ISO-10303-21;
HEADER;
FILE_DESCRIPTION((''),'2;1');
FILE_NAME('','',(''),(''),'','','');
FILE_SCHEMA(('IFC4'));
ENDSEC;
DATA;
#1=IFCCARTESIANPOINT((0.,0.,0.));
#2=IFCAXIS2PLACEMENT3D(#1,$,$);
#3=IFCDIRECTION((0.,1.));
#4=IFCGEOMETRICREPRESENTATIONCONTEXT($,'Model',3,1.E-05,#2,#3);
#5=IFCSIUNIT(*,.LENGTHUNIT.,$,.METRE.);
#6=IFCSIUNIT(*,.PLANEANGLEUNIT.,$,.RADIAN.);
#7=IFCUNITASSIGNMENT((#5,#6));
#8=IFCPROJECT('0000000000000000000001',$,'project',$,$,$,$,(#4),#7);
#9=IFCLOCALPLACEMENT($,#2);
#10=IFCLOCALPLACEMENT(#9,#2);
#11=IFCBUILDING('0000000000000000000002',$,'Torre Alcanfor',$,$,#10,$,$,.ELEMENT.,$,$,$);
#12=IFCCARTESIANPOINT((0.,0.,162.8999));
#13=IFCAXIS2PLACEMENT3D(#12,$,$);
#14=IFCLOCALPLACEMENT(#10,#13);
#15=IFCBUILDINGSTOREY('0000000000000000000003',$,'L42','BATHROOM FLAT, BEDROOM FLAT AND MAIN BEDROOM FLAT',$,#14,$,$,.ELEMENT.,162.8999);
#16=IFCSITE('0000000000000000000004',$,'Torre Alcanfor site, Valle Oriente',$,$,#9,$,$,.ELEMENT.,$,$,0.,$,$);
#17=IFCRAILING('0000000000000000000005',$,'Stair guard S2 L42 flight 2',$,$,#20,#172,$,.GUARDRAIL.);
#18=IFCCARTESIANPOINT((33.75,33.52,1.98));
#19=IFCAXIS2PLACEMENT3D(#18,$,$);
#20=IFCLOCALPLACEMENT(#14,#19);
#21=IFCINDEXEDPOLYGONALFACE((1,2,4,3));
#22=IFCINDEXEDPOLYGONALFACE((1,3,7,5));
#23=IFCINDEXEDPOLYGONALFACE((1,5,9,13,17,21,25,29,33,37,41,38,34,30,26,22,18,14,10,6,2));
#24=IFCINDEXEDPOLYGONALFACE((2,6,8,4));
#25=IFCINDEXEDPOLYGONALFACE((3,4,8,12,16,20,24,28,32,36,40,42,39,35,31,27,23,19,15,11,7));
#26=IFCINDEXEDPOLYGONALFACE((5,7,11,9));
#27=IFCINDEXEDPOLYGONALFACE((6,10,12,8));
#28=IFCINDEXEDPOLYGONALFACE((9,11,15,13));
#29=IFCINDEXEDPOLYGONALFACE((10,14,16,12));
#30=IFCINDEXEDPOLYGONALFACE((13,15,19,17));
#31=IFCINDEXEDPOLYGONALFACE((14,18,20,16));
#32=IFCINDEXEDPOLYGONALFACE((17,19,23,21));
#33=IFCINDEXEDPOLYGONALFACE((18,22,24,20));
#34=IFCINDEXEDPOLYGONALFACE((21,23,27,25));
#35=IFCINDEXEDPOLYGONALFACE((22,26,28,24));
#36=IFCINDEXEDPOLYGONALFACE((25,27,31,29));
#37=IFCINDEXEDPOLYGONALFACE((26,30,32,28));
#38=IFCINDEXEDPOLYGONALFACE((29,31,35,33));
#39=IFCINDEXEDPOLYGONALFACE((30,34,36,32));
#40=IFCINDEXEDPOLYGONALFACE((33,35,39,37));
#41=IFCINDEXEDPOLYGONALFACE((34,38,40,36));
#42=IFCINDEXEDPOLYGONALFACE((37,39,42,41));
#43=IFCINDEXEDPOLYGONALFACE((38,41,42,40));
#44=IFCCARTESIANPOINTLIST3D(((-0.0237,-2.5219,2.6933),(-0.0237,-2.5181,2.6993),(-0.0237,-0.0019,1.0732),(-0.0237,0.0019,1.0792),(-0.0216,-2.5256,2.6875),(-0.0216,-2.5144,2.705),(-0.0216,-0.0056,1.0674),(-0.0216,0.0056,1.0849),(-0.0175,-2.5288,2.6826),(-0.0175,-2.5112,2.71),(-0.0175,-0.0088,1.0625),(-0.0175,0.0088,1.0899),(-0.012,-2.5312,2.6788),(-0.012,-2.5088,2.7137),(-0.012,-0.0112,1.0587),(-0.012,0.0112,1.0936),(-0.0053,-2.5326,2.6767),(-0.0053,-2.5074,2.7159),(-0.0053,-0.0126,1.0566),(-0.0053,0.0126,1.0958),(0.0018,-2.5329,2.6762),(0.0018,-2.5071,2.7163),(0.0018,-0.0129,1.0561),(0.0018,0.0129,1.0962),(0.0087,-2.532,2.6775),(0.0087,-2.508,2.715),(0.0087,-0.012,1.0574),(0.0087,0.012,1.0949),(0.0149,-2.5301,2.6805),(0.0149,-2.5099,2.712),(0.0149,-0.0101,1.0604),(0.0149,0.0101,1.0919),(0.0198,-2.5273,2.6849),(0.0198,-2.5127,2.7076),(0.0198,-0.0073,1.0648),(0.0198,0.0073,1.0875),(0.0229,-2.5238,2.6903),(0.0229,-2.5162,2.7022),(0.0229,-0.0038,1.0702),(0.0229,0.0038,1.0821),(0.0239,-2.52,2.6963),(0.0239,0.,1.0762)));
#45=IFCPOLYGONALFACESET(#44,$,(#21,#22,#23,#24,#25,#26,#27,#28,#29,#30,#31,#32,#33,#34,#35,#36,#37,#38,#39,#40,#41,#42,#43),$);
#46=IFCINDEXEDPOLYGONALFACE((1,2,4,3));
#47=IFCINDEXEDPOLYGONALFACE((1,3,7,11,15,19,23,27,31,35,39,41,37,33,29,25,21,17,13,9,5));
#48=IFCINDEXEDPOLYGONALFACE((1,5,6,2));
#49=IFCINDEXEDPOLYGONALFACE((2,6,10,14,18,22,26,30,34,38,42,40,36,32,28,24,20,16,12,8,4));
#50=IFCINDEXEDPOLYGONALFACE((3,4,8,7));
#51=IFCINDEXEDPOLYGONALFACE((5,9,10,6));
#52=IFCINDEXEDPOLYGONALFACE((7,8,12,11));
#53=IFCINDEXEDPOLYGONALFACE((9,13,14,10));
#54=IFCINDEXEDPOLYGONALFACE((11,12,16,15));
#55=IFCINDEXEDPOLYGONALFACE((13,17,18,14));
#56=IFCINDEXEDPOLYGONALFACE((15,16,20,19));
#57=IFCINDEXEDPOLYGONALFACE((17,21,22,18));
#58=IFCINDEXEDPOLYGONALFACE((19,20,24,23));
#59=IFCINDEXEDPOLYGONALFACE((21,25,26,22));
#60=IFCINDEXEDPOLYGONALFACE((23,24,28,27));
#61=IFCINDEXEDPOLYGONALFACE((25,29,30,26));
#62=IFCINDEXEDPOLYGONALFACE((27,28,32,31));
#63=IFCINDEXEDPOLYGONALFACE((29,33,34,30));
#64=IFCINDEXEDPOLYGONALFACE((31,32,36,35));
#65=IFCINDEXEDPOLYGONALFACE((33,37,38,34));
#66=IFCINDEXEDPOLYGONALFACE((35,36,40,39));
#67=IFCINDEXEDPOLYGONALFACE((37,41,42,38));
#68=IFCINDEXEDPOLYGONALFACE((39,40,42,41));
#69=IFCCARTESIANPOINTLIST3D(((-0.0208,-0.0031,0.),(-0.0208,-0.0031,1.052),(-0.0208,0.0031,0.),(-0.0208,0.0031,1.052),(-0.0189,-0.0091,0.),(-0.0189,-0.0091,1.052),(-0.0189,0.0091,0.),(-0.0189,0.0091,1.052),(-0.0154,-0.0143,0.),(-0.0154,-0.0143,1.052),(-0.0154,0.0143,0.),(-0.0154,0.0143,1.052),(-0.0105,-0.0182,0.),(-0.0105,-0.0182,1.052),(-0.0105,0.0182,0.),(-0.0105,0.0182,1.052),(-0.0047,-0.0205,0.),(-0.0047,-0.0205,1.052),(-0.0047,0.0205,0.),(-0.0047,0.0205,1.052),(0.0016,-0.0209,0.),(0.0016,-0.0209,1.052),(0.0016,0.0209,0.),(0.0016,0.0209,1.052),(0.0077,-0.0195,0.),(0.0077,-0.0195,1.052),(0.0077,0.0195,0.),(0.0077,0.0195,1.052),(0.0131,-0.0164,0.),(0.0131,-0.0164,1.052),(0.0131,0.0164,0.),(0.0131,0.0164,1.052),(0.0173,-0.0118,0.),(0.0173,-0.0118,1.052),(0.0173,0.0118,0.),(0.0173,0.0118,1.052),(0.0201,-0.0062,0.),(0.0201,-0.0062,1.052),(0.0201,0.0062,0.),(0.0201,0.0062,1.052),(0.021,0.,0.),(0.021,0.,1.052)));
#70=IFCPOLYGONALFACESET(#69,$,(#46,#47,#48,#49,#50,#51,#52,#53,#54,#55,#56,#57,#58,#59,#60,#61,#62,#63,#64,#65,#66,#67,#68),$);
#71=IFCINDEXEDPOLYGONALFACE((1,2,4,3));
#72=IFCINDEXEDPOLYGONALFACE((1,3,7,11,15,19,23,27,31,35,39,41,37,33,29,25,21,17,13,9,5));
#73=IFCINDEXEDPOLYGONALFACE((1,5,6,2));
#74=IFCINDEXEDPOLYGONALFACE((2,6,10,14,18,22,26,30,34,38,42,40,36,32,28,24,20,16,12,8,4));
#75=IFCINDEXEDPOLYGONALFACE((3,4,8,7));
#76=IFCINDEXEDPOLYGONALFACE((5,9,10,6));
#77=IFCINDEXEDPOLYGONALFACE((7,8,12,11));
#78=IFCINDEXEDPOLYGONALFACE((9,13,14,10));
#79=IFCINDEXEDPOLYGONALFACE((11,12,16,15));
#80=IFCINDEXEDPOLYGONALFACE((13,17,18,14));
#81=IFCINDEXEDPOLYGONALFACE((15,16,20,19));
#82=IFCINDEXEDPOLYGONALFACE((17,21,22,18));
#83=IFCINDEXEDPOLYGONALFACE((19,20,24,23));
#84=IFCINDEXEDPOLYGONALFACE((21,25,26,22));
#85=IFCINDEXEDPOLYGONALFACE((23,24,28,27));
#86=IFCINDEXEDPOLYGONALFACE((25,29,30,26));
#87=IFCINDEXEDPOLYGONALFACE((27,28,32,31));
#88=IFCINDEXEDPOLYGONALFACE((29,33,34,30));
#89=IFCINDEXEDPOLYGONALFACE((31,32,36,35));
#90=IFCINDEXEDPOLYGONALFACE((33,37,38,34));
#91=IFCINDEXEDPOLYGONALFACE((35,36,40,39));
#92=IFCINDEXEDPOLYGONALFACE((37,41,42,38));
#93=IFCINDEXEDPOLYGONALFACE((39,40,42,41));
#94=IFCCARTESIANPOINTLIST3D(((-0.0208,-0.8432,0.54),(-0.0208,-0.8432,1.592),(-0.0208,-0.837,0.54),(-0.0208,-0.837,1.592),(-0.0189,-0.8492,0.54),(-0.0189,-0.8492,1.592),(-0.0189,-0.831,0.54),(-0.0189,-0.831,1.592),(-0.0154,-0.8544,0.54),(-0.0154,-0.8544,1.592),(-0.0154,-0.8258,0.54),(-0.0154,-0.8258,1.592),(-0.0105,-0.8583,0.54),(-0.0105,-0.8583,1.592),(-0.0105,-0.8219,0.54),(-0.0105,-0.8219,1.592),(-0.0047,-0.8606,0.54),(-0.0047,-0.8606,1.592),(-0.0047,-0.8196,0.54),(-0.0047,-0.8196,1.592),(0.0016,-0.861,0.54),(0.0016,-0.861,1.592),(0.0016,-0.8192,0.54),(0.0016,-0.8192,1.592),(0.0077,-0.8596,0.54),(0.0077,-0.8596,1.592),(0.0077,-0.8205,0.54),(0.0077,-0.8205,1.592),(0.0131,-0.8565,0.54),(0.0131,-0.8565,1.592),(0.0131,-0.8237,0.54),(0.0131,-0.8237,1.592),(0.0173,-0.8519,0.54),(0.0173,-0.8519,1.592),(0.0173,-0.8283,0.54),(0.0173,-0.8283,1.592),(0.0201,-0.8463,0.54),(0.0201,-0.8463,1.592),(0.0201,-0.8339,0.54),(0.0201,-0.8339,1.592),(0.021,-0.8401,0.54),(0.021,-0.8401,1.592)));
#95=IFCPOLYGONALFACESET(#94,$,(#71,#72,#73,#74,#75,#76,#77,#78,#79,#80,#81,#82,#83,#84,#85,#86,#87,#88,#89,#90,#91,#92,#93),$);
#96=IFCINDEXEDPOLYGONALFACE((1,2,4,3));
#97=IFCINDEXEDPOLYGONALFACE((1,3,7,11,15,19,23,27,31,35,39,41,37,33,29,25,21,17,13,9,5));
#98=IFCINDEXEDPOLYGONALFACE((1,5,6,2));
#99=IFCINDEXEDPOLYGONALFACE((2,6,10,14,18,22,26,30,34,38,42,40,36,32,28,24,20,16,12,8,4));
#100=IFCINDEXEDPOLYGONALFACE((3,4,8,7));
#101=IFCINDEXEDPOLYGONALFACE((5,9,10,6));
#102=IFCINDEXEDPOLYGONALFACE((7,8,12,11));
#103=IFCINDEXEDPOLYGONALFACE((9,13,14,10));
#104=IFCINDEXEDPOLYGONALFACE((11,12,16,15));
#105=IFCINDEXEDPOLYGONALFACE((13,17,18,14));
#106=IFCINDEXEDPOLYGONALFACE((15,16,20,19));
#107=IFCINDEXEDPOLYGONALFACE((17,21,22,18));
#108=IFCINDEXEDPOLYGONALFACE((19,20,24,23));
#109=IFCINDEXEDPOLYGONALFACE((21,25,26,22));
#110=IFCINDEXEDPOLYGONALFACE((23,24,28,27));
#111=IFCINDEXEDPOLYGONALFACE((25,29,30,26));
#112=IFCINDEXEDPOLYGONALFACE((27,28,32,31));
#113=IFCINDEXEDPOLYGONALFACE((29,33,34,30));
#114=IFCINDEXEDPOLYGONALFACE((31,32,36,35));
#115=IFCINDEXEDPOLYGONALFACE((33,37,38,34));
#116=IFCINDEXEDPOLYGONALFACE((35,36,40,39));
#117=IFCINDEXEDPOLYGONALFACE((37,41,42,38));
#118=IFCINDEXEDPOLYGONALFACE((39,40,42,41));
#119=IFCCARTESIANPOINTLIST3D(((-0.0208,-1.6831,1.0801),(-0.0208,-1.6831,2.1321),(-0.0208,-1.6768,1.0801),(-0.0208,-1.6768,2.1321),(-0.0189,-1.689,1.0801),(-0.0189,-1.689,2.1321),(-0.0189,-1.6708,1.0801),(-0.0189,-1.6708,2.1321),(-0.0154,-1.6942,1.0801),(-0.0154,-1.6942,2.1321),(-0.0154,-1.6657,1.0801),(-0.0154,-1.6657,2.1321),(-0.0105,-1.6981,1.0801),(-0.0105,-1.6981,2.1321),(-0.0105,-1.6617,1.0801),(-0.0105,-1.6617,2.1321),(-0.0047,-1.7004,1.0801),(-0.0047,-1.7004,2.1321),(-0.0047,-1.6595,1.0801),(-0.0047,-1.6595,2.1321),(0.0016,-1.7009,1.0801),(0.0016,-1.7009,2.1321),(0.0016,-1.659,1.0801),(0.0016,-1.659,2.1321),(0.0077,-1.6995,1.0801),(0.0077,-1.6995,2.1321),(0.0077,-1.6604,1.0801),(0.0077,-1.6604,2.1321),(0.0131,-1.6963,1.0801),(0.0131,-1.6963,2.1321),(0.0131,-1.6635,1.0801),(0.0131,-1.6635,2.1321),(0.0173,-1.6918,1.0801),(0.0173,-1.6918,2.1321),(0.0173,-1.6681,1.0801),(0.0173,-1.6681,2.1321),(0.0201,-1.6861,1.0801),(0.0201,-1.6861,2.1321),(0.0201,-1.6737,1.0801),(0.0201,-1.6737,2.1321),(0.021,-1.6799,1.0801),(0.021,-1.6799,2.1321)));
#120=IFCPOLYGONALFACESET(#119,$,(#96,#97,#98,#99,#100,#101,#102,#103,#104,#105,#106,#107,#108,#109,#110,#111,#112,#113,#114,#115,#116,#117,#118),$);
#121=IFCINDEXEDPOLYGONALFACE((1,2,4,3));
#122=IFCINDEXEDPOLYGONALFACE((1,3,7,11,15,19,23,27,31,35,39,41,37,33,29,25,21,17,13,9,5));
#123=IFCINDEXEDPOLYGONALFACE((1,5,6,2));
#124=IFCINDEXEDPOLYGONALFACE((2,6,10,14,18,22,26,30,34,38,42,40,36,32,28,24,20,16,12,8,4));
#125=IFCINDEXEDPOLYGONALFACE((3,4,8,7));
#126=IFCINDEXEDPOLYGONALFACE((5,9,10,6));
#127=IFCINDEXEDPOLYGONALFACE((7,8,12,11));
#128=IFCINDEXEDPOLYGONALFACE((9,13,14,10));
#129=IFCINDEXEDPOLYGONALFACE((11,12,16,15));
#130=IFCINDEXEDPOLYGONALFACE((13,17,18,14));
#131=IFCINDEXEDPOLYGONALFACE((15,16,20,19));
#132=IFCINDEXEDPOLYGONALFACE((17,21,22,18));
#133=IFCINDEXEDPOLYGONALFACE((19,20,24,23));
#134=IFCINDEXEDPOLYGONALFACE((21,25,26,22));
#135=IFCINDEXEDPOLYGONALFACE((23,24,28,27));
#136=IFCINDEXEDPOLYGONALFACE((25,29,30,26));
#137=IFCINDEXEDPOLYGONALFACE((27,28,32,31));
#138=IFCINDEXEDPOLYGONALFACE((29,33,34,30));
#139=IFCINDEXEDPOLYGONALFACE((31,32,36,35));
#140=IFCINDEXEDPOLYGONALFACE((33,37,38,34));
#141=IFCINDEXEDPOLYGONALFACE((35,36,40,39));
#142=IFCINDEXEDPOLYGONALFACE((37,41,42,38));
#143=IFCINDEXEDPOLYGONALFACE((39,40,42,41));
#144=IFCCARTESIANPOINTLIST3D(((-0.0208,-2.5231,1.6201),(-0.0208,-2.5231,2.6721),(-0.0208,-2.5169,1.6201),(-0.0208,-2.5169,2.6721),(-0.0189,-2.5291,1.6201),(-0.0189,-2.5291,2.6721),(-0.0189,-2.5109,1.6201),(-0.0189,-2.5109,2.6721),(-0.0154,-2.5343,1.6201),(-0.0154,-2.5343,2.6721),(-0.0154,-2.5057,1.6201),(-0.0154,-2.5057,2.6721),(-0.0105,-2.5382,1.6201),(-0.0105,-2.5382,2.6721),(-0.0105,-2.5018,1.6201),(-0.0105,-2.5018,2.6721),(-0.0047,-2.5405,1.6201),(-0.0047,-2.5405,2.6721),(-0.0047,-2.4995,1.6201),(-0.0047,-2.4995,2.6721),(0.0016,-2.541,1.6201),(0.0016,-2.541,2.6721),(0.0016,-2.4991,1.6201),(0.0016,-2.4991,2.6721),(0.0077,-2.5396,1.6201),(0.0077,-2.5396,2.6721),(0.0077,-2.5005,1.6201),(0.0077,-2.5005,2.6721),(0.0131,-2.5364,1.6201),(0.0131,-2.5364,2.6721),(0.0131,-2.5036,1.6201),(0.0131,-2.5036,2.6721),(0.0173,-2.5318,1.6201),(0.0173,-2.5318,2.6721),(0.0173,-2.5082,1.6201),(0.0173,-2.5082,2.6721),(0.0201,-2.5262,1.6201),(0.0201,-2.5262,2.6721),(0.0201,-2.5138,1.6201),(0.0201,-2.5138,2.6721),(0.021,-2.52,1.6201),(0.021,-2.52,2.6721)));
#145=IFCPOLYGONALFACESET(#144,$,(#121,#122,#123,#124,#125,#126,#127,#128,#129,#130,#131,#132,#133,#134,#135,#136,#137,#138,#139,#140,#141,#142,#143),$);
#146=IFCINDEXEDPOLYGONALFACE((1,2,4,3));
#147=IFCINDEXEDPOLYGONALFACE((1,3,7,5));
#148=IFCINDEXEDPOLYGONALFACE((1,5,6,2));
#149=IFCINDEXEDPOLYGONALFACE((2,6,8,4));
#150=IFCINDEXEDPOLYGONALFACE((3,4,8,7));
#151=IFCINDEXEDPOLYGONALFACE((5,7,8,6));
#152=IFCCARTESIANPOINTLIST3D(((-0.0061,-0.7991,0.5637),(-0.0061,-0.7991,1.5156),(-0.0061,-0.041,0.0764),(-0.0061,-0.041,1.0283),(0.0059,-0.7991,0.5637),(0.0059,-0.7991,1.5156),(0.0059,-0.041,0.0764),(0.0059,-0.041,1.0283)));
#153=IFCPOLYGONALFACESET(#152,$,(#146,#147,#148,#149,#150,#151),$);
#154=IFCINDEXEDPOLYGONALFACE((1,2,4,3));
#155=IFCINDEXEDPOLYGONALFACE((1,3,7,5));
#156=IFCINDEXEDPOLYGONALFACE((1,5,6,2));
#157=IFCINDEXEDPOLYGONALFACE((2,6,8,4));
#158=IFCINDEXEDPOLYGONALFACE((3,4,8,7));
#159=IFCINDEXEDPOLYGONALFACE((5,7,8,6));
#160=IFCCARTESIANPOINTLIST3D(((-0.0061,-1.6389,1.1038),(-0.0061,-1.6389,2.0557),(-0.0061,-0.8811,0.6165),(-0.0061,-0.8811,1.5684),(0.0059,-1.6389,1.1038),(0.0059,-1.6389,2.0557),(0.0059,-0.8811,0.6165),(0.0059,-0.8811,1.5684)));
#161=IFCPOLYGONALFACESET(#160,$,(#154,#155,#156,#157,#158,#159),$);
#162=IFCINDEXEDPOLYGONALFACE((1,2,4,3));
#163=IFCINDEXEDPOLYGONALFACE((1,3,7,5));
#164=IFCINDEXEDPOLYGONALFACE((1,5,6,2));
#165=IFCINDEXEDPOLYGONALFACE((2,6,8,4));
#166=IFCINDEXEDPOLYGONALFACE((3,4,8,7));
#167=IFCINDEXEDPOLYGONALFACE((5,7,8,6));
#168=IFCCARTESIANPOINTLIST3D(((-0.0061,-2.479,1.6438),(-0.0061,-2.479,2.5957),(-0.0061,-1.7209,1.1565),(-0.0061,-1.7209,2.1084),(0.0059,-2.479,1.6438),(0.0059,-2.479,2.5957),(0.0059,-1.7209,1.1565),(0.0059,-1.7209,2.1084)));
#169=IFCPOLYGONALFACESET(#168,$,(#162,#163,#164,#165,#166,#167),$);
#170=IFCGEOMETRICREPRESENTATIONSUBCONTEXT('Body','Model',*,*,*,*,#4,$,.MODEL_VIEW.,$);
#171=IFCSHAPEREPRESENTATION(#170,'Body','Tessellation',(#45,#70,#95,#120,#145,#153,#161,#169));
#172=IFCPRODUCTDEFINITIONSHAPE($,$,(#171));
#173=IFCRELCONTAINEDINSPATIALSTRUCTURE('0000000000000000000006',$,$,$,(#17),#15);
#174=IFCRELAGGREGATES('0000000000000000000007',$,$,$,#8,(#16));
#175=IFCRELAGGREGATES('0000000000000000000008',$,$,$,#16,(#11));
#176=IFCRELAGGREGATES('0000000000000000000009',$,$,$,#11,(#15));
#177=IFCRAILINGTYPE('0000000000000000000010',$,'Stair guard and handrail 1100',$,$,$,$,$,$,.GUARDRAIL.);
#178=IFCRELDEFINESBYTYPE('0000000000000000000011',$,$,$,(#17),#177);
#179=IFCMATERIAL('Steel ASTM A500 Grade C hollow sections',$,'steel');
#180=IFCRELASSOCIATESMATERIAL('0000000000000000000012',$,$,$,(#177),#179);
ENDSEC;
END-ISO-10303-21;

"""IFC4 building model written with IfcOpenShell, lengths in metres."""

from ifc_helpers import new_model, si_unit, direction, frame, origin, origin_2d, place, context, subcontext, project, spatial, polyline, circle, outline, extrude, material, type_object, element, save


model = new_model("IFC4")

# Units and contexts
model_context = context("Model", 3, precision=1e-05, world=origin(), true_north=direction((0.0, 1.0)))
body_context = subcontext(model_context, "Body", "Model", "MODEL_VIEW")
ifc_project = project(units=[si_unit("LENGTHUNIT", "METRE"), si_unit("PLANEANGLEUNIT", "RADIAN")], contexts=[model_context])

# Site, building, storey
site_placement = place(None, origin())
site = spatial("IfcSite", under=ifc_project, at=site_placement, Name="Torre Alcanfor site, Valle Oriente", CompositionType="ELEMENT", RefElevation=0.0)
building_placement = place(site_placement, origin())
building = spatial("IfcBuilding", under=site, at=building_placement, Name="Torre Alcanfor", CompositionType="ELEMENT")
storey_placement = place(building_placement, frame((0.0, 0.0, 162.8999)))
storey = spatial("IfcBuildingStorey", under=building, at=storey_placement, Name="L42", Description="BATHROOM FLAT, BEDROOM FLAT AND MAIN BEDROOM FLAT", CompositionType="ELEMENT", Elevation=162.8999)

# Railing
ifc_material_1 = material(Name="Steel ASTM A500 Grade C hollow sections", Category="steel")
railing_type_1 = type_object("IfcRailingType", Name="Stair guard and handrail 1100", PredefinedType="GUARDRAIL", material=ifc_material_1)
railing_1_placement = place(storey_placement, frame((33.75, 33.52, 1.98)))
element("IfcRailing", 1, at=railing_1_placement, inside=storey, type_object=railing_type_1, Name="Stair guard S2 L42 flight 2", PredefinedType="GUARDRAIL", context=body_context, shape_type="SweptSolid", body=[
    extrude(circle(Radius=0.0239, at=origin_2d()), frame((0.0, 0.0, 1.0762), z_axis=(0.0, -0.841163, 0.540782), x_axis=(1.0, 0.0, 0.0)), (0.0, 0.0, 1.0), 2.9958),
    extrude(circle(Radius=0.021, at=origin_2d()), origin(), (0.0, 0.0, 1.0), 1.052),
    extrude(circle(Radius=0.021, at=origin_2d()), frame((0.0, -0.8401, 0.54)), (0.0, 0.0, 1.0), 1.052),
    extrude(circle(Radius=0.021, at=origin_2d()), frame((0.0, -1.6799, 1.0801)), (0.0, 0.0, 1.0), 1.052),
    extrude(circle(Radius=0.021, at=origin_2d()), frame((0.0, -2.52, 1.6201)), (0.0, 0.0, 1.0), 1.052),
    extrude(outline(polyline([(0.041, 0.0764), (0.7991, 0.5637), (0.7991, 1.5156), (0.041, 1.0283), (0.041, 0.0764)])), frame((0.0059, 0.0, 0.0), z_axis=(-1.0, 0.0, 0.0), x_axis=(0.0, -1.0, 0.0)), (0.0, 0.0, 1.0), 0.012),
    extrude(outline(polyline([(0.8811, 0.6165), (1.6389, 1.1038), (1.6389, 2.0557), (0.8811, 1.5684), (0.8811, 0.6165)])), frame((0.0059, 0.0, 0.0), z_axis=(-1.0, 0.0, 0.0), x_axis=(0.0, -1.0, 0.0)), (0.0, 0.0, 1.0), 0.012),
    extrude(outline(polyline([(1.7209, 1.1565), (2.479, 1.6438), (2.479, 2.5957), (1.7209, 2.1084), (1.7209, 1.1565)])), frame((0.0059, 0.0, 0.0), z_axis=(-1.0, 0.0, 0.0), x_axis=(0.0, -1.0, 0.0)), (0.0, 0.0, 1.0), 0.012),
])

save(model, "model.ifc")
